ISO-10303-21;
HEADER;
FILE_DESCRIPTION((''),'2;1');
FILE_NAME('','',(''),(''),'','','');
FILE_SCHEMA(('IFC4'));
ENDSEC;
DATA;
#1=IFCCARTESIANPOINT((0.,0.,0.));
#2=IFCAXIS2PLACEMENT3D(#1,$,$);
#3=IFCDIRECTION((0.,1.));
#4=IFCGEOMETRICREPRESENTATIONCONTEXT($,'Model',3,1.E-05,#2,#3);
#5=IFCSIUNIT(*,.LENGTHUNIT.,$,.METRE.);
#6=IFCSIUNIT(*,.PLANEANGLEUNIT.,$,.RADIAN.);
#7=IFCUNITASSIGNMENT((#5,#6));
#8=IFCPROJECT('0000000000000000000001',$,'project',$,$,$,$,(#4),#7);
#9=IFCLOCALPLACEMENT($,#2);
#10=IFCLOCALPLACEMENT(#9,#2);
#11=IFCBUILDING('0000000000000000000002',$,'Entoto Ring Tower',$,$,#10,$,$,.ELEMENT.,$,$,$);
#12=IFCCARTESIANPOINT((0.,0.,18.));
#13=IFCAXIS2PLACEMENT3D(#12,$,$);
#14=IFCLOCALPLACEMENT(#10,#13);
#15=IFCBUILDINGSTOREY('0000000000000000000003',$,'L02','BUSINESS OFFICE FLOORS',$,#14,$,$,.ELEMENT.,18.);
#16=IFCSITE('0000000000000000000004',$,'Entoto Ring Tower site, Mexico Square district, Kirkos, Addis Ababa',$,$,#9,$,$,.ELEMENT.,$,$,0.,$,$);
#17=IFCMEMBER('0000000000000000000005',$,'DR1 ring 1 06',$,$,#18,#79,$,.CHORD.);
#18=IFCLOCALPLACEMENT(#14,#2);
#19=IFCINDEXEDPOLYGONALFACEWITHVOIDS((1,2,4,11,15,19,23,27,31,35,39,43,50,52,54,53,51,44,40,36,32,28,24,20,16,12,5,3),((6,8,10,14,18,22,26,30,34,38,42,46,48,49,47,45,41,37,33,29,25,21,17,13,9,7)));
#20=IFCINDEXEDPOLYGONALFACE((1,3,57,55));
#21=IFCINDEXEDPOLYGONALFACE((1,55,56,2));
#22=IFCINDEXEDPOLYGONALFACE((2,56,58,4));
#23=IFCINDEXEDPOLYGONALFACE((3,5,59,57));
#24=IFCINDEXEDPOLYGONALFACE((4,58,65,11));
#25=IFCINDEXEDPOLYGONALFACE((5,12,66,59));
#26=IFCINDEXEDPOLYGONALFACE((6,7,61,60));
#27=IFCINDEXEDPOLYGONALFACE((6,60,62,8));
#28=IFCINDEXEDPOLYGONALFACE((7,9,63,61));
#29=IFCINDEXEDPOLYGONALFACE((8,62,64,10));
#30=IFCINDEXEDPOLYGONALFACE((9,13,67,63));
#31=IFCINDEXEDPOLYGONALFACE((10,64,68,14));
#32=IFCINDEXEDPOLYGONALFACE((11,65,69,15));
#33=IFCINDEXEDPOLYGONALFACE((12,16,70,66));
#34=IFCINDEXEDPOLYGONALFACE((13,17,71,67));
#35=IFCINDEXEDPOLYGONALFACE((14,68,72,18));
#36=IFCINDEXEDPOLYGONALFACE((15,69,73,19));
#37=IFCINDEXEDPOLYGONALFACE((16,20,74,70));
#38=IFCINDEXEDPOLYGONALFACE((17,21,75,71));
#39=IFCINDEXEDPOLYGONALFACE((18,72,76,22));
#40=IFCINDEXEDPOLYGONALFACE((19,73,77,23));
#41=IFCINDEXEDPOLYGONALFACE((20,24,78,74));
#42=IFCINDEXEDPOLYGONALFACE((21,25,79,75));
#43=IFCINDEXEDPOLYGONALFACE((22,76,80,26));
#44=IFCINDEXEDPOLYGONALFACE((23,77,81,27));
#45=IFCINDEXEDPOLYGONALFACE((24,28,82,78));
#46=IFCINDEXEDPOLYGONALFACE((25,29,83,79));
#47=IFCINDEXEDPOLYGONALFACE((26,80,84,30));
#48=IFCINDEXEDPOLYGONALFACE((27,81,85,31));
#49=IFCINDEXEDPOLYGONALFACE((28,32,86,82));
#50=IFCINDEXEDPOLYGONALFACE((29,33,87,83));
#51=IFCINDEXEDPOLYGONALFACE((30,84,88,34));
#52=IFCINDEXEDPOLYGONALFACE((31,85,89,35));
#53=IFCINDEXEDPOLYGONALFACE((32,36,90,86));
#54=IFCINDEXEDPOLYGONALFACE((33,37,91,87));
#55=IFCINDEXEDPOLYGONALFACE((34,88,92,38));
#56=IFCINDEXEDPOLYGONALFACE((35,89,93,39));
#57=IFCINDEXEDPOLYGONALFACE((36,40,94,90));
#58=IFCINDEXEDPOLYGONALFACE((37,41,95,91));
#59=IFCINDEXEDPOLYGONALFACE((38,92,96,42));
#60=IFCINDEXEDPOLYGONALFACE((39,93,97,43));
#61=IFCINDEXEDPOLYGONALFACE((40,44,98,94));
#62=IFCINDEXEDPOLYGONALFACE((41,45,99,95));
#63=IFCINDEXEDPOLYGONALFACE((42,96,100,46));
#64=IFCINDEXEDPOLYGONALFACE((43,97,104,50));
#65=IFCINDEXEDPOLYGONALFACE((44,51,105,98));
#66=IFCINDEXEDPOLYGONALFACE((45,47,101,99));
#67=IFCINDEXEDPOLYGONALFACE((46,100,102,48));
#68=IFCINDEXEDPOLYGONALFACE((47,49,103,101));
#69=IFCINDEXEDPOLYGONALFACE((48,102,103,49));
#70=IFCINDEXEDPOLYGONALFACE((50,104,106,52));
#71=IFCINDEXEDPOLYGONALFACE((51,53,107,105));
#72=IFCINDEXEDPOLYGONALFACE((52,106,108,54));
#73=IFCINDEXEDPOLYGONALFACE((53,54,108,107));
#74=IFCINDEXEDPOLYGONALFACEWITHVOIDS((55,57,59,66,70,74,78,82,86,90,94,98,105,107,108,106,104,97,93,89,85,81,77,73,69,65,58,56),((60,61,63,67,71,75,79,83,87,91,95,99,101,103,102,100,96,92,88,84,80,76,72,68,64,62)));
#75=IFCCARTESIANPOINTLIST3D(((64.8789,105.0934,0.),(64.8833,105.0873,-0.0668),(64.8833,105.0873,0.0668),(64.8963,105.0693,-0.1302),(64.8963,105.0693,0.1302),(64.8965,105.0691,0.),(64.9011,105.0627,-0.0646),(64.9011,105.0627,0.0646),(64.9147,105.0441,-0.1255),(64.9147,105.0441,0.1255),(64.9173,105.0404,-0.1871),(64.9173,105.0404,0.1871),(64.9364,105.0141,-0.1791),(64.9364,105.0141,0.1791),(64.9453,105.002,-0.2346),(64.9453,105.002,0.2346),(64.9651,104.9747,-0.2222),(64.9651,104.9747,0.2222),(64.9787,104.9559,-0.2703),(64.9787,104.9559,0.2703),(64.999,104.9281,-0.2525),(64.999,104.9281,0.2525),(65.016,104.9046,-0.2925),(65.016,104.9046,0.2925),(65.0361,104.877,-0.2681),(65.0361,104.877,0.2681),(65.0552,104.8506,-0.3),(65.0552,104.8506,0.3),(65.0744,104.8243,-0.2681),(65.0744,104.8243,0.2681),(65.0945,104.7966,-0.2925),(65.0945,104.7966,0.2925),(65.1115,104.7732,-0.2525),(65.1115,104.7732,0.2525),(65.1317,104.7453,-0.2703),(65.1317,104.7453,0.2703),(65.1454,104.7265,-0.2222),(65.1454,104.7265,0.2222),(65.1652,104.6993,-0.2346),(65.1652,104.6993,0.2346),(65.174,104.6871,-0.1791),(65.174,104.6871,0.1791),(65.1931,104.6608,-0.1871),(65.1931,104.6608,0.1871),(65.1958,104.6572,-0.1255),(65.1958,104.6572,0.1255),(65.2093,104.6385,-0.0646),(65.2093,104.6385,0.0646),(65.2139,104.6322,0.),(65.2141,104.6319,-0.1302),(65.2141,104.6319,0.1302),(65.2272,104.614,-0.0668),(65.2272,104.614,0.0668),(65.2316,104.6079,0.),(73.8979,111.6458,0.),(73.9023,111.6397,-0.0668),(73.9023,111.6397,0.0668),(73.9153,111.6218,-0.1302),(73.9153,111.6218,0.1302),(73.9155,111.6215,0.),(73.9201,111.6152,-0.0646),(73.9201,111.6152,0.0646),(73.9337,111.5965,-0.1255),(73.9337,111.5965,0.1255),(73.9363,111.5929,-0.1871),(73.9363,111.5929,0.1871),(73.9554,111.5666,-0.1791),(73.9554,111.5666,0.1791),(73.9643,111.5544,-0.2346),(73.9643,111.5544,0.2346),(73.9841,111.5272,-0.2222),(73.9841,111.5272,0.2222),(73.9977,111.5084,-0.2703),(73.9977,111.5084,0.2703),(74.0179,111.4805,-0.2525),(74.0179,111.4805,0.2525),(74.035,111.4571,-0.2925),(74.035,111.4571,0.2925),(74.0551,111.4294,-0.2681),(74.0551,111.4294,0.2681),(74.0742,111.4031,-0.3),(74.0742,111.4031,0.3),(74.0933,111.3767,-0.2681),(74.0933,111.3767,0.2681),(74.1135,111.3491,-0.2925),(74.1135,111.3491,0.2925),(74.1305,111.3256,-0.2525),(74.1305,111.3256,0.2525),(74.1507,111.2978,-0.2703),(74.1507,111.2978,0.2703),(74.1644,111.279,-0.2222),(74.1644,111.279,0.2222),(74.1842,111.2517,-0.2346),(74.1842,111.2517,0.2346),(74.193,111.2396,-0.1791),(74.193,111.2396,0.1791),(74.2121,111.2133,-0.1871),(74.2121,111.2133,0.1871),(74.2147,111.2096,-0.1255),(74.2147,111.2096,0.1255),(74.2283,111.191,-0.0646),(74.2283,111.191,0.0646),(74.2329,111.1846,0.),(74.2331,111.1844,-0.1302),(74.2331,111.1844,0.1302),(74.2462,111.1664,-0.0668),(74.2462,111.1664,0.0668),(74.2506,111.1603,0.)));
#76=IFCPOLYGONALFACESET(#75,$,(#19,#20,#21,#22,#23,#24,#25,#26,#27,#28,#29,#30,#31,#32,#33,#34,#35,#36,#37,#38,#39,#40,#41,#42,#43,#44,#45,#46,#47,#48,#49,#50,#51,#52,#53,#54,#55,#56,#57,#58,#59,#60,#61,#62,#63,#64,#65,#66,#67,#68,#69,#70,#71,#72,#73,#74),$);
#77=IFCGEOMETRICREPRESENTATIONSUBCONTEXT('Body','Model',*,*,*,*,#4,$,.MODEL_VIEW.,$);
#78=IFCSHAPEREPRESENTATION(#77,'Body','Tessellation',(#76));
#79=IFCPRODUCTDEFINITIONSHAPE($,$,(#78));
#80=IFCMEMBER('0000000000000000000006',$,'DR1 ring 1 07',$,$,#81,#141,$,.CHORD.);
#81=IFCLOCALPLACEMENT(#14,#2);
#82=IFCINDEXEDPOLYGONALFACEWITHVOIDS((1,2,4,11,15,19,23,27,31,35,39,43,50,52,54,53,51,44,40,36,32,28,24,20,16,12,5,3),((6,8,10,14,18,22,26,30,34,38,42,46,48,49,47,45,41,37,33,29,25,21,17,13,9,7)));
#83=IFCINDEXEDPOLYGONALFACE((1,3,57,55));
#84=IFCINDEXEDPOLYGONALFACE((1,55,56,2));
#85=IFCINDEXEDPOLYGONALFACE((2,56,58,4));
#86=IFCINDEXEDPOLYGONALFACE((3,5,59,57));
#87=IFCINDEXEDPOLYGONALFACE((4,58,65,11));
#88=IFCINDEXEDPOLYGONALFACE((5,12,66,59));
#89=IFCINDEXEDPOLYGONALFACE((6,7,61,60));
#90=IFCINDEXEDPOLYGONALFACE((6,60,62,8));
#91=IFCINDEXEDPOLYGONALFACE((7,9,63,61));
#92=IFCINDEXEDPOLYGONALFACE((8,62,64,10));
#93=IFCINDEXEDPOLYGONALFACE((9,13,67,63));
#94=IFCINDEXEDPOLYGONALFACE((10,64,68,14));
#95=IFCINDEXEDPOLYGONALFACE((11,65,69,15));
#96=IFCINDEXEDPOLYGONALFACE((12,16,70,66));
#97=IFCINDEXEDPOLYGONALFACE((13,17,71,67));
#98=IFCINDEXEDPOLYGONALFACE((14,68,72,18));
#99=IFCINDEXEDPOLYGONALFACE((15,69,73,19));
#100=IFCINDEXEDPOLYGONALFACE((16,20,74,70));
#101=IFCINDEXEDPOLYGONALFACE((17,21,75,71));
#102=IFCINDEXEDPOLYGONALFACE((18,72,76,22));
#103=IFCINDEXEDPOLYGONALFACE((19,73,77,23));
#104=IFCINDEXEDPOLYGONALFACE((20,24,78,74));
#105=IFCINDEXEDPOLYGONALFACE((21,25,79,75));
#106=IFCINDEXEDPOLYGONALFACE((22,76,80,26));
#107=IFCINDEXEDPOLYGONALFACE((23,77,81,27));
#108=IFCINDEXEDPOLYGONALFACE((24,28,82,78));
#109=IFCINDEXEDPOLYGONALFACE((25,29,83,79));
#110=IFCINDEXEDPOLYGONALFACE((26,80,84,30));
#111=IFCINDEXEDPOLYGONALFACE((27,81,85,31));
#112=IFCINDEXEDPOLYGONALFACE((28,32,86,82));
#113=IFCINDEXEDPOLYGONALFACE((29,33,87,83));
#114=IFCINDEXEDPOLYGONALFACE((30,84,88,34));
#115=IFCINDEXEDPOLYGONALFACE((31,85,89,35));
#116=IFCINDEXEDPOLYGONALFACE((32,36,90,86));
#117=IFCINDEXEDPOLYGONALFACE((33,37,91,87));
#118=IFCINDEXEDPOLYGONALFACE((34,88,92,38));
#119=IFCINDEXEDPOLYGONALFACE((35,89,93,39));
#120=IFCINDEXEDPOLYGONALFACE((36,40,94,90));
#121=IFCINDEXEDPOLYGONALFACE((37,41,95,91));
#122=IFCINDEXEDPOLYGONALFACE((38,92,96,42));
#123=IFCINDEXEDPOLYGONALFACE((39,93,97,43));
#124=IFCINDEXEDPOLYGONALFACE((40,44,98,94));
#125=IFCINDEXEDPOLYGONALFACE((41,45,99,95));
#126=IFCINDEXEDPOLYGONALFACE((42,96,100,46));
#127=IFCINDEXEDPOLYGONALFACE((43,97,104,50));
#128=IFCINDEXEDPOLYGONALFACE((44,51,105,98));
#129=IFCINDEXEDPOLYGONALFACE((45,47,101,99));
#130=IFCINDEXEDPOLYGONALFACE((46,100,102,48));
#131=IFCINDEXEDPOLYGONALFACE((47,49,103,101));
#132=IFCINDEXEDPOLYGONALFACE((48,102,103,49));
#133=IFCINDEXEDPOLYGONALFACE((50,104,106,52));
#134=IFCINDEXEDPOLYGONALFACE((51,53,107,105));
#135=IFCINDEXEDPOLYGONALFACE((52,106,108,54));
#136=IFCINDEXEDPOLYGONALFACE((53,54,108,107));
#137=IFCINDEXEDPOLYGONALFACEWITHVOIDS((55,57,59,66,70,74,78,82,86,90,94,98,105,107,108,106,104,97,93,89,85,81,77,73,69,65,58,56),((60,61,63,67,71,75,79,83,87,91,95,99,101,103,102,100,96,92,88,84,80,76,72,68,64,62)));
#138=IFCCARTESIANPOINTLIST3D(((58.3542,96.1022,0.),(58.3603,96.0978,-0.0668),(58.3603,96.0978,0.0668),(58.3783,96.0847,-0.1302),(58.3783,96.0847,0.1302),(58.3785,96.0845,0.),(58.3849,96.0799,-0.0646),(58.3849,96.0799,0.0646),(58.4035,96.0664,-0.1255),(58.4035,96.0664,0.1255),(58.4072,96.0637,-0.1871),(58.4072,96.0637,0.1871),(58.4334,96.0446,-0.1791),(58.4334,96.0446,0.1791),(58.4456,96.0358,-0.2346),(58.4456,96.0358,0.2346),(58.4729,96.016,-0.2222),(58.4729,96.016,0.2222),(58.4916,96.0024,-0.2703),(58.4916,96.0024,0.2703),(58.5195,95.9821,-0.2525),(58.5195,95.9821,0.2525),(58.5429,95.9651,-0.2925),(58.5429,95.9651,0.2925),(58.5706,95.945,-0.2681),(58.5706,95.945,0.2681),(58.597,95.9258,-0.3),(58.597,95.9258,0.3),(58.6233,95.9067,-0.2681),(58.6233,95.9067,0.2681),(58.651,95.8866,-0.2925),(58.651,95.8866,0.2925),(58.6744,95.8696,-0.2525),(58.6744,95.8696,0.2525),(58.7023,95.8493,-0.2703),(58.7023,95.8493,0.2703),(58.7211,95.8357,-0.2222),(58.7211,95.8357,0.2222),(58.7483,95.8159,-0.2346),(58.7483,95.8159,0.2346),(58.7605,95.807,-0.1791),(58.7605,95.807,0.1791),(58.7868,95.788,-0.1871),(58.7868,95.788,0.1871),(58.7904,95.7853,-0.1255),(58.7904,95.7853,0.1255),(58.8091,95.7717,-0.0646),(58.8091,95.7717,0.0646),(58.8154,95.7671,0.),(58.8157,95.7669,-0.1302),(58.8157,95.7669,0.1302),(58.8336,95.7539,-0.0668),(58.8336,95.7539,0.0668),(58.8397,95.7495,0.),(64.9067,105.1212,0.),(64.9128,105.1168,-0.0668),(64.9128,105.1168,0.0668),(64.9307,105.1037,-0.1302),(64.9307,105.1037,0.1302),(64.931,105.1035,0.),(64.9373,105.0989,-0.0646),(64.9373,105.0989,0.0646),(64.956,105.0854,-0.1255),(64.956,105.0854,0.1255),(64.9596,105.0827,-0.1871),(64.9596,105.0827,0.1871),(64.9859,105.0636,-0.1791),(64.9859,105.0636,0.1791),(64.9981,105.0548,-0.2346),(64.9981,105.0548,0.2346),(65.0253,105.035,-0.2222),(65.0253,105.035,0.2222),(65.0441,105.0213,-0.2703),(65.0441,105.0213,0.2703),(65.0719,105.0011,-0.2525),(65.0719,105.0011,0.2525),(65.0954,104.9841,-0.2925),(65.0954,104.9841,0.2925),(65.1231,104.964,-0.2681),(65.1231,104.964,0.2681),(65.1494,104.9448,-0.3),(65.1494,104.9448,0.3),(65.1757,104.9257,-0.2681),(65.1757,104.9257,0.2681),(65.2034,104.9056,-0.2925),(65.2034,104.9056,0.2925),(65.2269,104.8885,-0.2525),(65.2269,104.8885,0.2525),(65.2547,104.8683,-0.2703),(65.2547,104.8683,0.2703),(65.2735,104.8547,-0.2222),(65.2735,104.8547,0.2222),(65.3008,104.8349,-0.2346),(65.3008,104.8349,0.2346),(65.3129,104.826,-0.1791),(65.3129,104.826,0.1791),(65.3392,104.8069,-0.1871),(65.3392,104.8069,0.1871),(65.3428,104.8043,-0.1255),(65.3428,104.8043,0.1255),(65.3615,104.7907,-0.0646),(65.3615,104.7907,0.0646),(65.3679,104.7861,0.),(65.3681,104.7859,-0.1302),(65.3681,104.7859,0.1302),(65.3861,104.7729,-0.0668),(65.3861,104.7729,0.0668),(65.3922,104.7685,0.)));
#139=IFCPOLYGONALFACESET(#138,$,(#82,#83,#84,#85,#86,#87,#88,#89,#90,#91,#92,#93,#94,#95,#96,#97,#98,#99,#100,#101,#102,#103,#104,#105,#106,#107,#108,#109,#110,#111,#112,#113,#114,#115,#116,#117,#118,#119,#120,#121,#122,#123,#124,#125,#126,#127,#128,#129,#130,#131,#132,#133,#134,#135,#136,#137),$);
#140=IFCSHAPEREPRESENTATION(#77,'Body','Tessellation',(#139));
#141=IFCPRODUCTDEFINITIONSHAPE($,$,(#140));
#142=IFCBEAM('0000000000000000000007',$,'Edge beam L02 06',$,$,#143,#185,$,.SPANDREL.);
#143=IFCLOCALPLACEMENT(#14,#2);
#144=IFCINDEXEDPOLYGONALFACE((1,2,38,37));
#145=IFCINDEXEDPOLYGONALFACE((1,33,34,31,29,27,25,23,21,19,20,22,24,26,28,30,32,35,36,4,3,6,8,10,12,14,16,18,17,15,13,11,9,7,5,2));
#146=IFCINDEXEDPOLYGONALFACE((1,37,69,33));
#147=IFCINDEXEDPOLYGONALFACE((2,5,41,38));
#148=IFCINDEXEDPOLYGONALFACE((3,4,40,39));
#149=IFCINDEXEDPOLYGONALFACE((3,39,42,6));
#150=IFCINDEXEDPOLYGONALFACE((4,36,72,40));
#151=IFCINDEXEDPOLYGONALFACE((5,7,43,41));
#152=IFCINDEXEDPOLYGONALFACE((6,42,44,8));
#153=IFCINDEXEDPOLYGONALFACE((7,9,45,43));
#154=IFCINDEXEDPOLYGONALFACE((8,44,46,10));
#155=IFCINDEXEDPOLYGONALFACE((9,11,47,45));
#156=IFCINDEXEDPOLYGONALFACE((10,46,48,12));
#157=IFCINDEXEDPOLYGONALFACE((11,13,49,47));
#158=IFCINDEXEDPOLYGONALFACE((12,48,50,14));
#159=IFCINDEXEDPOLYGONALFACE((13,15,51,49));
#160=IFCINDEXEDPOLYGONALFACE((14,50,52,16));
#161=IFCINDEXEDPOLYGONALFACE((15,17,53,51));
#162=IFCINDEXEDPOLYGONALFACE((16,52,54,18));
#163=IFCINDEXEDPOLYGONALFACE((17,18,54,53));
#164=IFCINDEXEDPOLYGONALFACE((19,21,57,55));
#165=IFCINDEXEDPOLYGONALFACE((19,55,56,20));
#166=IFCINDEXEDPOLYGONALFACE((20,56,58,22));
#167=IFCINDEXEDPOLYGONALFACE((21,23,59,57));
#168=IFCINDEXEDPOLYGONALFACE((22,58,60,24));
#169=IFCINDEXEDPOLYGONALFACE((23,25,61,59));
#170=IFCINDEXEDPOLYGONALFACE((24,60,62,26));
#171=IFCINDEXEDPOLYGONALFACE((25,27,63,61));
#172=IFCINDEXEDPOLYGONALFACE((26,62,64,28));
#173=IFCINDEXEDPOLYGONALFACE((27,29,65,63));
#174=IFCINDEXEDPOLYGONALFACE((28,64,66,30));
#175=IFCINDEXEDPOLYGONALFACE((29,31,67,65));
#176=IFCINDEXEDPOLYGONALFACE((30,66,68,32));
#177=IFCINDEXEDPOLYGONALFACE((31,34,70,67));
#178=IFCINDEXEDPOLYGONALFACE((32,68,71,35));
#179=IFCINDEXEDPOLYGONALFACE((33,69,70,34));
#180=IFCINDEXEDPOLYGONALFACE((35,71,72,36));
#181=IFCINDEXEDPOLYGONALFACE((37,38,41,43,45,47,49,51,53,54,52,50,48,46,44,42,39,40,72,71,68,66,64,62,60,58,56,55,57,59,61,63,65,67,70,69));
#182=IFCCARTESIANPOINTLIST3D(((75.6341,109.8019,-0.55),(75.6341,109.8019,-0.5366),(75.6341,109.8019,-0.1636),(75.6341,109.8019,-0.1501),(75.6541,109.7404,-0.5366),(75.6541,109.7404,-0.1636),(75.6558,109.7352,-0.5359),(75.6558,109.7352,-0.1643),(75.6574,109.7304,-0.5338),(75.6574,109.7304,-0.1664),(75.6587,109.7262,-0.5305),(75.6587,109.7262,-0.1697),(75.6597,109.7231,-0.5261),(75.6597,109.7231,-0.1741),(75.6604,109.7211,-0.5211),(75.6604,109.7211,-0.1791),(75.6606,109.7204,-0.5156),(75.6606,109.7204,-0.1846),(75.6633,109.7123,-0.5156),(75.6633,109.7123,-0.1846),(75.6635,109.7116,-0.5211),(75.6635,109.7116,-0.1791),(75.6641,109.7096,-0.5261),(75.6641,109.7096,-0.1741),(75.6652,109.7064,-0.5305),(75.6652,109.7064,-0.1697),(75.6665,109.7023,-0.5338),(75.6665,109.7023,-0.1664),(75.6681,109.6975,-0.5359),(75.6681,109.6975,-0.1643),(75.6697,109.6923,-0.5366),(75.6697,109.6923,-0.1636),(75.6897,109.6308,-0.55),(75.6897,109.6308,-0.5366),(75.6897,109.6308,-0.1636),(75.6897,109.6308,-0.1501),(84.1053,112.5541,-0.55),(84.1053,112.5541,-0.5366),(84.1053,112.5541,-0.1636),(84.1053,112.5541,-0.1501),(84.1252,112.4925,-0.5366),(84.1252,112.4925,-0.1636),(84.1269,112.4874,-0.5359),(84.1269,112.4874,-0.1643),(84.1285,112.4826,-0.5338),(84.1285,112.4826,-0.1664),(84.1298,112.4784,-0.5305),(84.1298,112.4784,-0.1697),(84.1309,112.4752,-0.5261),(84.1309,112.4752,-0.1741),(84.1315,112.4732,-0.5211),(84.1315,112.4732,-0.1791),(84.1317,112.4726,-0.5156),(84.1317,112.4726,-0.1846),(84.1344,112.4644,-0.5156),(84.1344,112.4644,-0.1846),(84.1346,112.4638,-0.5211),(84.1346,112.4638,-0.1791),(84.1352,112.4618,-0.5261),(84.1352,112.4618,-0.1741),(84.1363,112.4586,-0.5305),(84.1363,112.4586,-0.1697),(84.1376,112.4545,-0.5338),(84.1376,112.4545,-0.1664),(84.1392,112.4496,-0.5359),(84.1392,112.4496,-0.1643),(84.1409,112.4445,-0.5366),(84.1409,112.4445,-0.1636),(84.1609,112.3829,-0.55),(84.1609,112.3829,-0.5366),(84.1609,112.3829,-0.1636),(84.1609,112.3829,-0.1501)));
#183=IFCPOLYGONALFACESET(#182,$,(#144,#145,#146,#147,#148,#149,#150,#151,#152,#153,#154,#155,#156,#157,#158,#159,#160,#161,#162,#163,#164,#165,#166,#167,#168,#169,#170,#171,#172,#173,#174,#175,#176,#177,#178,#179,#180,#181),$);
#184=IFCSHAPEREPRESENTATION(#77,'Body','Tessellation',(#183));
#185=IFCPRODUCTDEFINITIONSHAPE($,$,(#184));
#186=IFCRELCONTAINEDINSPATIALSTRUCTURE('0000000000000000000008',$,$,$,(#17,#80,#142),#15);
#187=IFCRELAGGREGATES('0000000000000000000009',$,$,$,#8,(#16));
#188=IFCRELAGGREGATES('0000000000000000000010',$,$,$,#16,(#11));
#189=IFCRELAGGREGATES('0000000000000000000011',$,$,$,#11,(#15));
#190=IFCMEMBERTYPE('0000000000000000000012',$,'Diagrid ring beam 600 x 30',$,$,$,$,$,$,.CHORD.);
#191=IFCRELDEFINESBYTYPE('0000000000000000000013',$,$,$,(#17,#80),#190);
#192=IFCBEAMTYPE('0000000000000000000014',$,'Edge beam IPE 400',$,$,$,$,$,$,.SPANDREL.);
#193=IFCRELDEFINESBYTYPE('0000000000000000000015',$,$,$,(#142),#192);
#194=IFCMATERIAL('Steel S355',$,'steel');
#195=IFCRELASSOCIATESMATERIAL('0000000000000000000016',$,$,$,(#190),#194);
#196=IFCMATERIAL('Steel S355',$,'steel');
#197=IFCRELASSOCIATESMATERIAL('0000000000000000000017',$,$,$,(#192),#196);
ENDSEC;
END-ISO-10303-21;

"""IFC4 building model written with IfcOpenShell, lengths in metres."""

from ifc_helpers import new_model, si_unit, direction, frame, origin, origin_2d, place, context, subcontext, project, spatial, circle, hollow_circle, i_section, extrude, material, material_profile, profile_set, type_object, element, save


model = new_model("IFC4")

# Units and contexts
model_context = context("Model", 3, precision=1e-05, world=origin(), true_north=direction((0.0, 1.0)))
body_context = subcontext(model_context, "Body", "Model", "MODEL_VIEW")
ifc_project = project(units=[si_unit("LENGTHUNIT", "METRE"), si_unit("PLANEANGLEUNIT", "RADIAN")], contexts=[model_context])

# Site, building, storey
site_placement = place(None, origin())
site = spatial("IfcSite", under=ifc_project, at=site_placement, Name="Entoto Ring Tower site, Mexico Square district, Kirkos, Addis Ababa", CompositionType="ELEMENT", RefElevation=0.0)
building_placement = place(site_placement, origin())
building = spatial("IfcBuilding", under=site, at=building_placement, Name="Entoto Ring Tower", CompositionType="ELEMENT")
storey_placement = place(building_placement, frame((0.0, 0.0, 18.0)))
storey = spatial("IfcBuildingStorey", under=building, at=storey_placement, Name="L02", Description="BUSINESS OFFICE FLOORS", CompositionType="ELEMENT", Elevation=18.0)

# Members
ifc_material_1 = material(Name="Steel S355", Category="steel")
ifc_material_profile_1 = material_profile(ifc_material_1, hollow_circle(Radius=0.3, WallThickness=0.03, at=origin_2d()), Name="CHS 600 x 30")
ifc_material_2 = material(Name="Concrete C60/75", Category="concrete")
ifc_material_profile_2 = material_profile(ifc_material_2, circle(Radius=0.27, at=origin_2d()), Name="Concrete C60/75 infill")
ifc_profile_set_1 = profile_set([ifc_material_profile_1, ifc_material_profile_2], Name="Steel S355")
member_type_1 = type_object("IfcMemberType", Name="Diagrid ring beam 600 x 30", PredefinedType="CHORD", material=ifc_profile_set_1)
for number, where, z_axis, x_axis, name in (
    (1, (74.0742, 111.4031, 0.0), (-0.809027, -0.587772, 0.0), (0.587772, -0.809027, 0.0), "DR1 ring 1 06"),
    (2, (65.1494, 104.9448, 0.0), (-0.587772, -0.809027, 0.0), (0.809027, -0.587772, 0.0), "DR1 ring 1 07"),
):
    element("IfcMember", number, at=place(storey_placement, frame(where, z_axis=z_axis, x_axis=x_axis)), inside=storey, type_object=member_type_1, Name=name, PredefinedType="CHORD", context=body_context, shape_type="SweptSolid", body=[
        extrude(hollow_circle(Radius=0.3, WallThickness=0.03, at=origin_2d()), origin(), (0.0, 0.0, 1.0), 11.1479),
    ])

# Beam
ifc_material_3 = material(Name="Steel S355", Category="steel")
ifc_material_profile_3 = material_profile(ifc_material_3, i_section(OverallWidth=0.1799, OverallDepth=0.3999, WebThickness=0.0085, FlangeThickness=0.0134, FilletRadius=0.021, at=origin_2d()), Name="IPE 400")
ifc_profile_set_2 = profile_set([ifc_material_profile_3], Name="Steel S355")
beam_type = type_object("IfcBeamType", Name="Edge beam IPE 400", PredefinedType="SPANDREL", material=ifc_profile_set_2)
for number, where, z_axis, x_axis, name in (
    (3, (84.1331, 112.4685, -0.3501), (-0.951065, -0.308991, 0.0), (0.308991, -0.951065, 0.0), "Edge beam L02 06"),
):
    element("IfcBeam", number, at=place(storey_placement, frame(where, z_axis=z_axis, x_axis=x_axis)), inside=storey, type_object=beam_type, Name=name, PredefinedType="SPANDREL", context=body_context, shape_type="SweptSolid", body=[
        extrude(i_section(OverallWidth=0.1799, OverallDepth=0.3999, WebThickness=0.0085, FlangeThickness=0.0134, FilletRadius=0.021, at=origin_2d()), origin(), (0.0, 0.0, 1.0), 8.907),
    ])

save(model, "model.ifc")
